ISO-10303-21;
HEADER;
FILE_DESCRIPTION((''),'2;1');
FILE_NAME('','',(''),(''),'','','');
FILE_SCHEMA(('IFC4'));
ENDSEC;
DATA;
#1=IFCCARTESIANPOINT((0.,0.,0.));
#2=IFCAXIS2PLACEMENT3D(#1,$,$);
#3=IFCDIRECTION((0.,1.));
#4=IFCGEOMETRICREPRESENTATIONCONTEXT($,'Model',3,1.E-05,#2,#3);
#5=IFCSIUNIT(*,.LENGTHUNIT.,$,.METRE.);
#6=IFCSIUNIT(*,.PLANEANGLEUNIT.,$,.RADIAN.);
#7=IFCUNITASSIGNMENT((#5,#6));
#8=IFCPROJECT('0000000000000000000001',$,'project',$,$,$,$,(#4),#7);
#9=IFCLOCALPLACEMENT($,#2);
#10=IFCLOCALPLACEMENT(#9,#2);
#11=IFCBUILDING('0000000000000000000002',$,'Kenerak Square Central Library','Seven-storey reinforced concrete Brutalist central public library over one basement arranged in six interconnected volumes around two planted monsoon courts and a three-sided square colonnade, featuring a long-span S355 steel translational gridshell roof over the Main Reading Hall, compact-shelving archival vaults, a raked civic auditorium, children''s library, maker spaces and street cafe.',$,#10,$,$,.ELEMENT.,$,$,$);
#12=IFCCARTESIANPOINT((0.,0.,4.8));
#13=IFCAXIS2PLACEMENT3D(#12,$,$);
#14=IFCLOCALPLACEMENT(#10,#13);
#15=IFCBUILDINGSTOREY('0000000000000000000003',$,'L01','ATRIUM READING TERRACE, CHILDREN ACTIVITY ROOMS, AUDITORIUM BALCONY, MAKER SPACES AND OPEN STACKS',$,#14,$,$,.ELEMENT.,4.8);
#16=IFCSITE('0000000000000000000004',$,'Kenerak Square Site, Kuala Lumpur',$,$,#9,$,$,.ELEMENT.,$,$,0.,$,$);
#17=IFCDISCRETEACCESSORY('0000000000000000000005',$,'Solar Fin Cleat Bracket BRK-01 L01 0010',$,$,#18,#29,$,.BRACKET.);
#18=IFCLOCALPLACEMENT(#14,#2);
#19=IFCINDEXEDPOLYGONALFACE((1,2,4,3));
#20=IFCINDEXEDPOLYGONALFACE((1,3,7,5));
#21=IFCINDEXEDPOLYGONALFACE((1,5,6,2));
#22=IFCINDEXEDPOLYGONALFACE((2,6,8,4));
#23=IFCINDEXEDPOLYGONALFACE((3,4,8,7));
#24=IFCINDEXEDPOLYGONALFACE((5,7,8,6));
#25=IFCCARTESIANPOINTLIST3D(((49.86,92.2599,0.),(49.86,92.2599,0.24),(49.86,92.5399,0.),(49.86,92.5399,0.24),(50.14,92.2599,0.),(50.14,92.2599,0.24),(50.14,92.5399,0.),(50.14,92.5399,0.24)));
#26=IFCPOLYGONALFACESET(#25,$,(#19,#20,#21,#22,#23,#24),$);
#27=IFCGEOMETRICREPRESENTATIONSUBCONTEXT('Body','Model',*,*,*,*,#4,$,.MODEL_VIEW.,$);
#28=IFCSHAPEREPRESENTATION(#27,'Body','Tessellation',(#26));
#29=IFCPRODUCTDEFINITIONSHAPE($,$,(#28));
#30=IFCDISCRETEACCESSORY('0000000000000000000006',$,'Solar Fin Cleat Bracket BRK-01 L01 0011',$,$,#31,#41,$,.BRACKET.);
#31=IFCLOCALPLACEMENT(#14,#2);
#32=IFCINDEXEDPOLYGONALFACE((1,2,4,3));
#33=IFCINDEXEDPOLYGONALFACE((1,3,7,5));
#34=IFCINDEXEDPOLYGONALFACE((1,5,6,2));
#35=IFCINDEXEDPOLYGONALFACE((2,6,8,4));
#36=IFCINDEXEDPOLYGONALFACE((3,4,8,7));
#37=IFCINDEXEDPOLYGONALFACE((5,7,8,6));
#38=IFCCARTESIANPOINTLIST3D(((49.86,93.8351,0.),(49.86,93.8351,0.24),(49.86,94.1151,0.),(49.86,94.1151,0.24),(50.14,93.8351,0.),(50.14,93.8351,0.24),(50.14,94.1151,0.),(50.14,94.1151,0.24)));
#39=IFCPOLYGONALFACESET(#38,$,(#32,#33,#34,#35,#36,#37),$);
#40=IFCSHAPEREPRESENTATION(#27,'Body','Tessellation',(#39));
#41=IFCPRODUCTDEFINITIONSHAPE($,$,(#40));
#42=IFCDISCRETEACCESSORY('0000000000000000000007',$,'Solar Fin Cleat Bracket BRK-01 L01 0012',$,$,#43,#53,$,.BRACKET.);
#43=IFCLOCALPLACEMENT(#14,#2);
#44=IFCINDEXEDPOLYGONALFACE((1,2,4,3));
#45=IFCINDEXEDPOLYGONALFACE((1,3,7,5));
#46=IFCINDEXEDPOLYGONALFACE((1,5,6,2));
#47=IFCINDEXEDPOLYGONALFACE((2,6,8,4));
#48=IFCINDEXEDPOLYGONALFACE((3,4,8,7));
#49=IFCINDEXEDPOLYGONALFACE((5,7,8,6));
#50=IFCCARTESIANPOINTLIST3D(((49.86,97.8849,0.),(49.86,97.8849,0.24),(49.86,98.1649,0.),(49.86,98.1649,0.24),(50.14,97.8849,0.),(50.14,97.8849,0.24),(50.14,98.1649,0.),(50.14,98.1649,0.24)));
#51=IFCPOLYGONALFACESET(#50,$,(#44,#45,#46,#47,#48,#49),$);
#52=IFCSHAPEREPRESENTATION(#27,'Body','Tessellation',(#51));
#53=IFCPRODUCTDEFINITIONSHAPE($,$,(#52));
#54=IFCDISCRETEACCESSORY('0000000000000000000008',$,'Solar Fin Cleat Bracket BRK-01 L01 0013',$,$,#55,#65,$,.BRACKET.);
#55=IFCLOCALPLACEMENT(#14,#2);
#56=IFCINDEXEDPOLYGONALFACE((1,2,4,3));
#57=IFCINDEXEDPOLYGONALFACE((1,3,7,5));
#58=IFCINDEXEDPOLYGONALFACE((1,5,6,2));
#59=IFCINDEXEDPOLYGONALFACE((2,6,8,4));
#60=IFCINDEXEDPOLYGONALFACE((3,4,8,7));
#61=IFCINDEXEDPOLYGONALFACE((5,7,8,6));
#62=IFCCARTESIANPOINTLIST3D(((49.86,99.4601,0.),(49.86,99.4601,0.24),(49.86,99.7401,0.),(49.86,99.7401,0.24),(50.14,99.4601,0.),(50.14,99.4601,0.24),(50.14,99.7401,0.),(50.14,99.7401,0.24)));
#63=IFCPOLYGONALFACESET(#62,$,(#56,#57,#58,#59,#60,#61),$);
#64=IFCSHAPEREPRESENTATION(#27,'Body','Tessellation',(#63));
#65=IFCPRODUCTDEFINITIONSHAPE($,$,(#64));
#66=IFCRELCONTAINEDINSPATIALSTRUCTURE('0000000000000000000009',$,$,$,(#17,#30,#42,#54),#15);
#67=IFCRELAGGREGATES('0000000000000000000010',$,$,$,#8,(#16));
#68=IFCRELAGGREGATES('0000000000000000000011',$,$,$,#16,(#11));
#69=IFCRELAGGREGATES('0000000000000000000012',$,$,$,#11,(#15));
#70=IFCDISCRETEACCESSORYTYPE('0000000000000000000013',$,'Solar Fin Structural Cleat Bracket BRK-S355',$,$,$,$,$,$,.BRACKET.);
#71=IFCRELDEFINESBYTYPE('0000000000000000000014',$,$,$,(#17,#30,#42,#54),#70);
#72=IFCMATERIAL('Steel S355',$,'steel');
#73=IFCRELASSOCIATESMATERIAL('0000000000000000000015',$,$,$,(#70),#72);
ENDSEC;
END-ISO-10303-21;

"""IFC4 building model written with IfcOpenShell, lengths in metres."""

from ifc_helpers import new_model, si_unit, direction, frame, origin, origin_2d, place, context, subcontext, project, spatial, rectangle, extrude, material, type_object, element, save


model = new_model("IFC4")

# Units and contexts
model_context = context("Model", 3, precision=1e-05, world=origin(), true_north=direction((0.0, 1.0)))
body_context = subcontext(model_context, "Body", "Model", "MODEL_VIEW")
ifc_project = project(units=[si_unit("LENGTHUNIT", "METRE"), si_unit("PLANEANGLEUNIT", "RADIAN")], contexts=[model_context])

# Site, building, storey
site_placement = place(None, origin())
site = spatial("IfcSite", under=ifc_project, at=site_placement, Name="Kenerak Square Site, Kuala Lumpur", CompositionType="ELEMENT", RefElevation=0.0)
building_placement = place(site_placement, origin())
building = spatial("IfcBuilding", under=site, at=building_placement, Name="Kenerak Square Central Library", Description="Seven-storey reinforced concrete Brutalist central public library over one basement arranged in six interconnected volumes around two planted monsoon courts and a three-sided square colonnade, featuring a long-span S355 steel translational gridshell roof over the Main Reading Hall, compact-shelving archival vaults, a raked civic auditorium, children's library, maker spaces and street cafe.", CompositionType="ELEMENT")
storey_placement = place(building_placement, frame((0.0, 0.0, 4.8)))
storey = spatial("IfcBuildingStorey", under=building, at=storey_placement, Name="L01", Description="ATRIUM READING TERRACE, CHILDREN ACTIVITY ROOMS, AUDITORIUM BALCONY, MAKER SPACES AND OPEN STACKS", CompositionType="ELEMENT", Elevation=4.8)

# Discrete accessories
ifc_material_1 = material(Name="Steel S355", Category="steel")
discrete_accessory_type = type_object("IfcDiscreteAccessoryType", Name="Solar Fin Structural Cleat Bracket BRK-S355", PredefinedType="BRACKET", material=ifc_material_1)
for number, where, z_axis, x_axis, name in (
    (1, (50.0, 92.3999, 0.0), (0.0, 0.0, 1.0), (0.0, 1.0, 0.0), "Solar Fin Cleat Bracket BRK-01 L01 0010"),
    (2, (50.0, 93.9751, 0.0), (0.0, 0.0, 1.0), (0.0, 1.0, 0.0), "Solar Fin Cleat Bracket BRK-01 L01 0011"),
    (3, (50.0, 98.0249, 0.0), (0.0, 0.0, 1.0), (0.0, 1.0, 0.0), "Solar Fin Cleat Bracket BRK-01 L01 0012"),
    (4, (50.0, 99.6001, 0.0), (0.0, 0.0, 1.0), (0.0, 1.0, 0.0), "Solar Fin Cleat Bracket BRK-01 L01 0013"),
):
    element("IfcDiscreteAccessory", number, at=place(storey_placement, frame(where, z_axis=z_axis, x_axis=x_axis)), inside=storey, type_object=discrete_accessory_type, Name=name, PredefinedType="BRACKET", context=body_context, shape_type="SweptSolid", body=[
        extrude(rectangle(XDim=0.28, YDim=0.28, at=origin_2d()), origin(), (0.0, 0.0, 1.0), 0.24),
    ])

save(model, "model.ifc")
